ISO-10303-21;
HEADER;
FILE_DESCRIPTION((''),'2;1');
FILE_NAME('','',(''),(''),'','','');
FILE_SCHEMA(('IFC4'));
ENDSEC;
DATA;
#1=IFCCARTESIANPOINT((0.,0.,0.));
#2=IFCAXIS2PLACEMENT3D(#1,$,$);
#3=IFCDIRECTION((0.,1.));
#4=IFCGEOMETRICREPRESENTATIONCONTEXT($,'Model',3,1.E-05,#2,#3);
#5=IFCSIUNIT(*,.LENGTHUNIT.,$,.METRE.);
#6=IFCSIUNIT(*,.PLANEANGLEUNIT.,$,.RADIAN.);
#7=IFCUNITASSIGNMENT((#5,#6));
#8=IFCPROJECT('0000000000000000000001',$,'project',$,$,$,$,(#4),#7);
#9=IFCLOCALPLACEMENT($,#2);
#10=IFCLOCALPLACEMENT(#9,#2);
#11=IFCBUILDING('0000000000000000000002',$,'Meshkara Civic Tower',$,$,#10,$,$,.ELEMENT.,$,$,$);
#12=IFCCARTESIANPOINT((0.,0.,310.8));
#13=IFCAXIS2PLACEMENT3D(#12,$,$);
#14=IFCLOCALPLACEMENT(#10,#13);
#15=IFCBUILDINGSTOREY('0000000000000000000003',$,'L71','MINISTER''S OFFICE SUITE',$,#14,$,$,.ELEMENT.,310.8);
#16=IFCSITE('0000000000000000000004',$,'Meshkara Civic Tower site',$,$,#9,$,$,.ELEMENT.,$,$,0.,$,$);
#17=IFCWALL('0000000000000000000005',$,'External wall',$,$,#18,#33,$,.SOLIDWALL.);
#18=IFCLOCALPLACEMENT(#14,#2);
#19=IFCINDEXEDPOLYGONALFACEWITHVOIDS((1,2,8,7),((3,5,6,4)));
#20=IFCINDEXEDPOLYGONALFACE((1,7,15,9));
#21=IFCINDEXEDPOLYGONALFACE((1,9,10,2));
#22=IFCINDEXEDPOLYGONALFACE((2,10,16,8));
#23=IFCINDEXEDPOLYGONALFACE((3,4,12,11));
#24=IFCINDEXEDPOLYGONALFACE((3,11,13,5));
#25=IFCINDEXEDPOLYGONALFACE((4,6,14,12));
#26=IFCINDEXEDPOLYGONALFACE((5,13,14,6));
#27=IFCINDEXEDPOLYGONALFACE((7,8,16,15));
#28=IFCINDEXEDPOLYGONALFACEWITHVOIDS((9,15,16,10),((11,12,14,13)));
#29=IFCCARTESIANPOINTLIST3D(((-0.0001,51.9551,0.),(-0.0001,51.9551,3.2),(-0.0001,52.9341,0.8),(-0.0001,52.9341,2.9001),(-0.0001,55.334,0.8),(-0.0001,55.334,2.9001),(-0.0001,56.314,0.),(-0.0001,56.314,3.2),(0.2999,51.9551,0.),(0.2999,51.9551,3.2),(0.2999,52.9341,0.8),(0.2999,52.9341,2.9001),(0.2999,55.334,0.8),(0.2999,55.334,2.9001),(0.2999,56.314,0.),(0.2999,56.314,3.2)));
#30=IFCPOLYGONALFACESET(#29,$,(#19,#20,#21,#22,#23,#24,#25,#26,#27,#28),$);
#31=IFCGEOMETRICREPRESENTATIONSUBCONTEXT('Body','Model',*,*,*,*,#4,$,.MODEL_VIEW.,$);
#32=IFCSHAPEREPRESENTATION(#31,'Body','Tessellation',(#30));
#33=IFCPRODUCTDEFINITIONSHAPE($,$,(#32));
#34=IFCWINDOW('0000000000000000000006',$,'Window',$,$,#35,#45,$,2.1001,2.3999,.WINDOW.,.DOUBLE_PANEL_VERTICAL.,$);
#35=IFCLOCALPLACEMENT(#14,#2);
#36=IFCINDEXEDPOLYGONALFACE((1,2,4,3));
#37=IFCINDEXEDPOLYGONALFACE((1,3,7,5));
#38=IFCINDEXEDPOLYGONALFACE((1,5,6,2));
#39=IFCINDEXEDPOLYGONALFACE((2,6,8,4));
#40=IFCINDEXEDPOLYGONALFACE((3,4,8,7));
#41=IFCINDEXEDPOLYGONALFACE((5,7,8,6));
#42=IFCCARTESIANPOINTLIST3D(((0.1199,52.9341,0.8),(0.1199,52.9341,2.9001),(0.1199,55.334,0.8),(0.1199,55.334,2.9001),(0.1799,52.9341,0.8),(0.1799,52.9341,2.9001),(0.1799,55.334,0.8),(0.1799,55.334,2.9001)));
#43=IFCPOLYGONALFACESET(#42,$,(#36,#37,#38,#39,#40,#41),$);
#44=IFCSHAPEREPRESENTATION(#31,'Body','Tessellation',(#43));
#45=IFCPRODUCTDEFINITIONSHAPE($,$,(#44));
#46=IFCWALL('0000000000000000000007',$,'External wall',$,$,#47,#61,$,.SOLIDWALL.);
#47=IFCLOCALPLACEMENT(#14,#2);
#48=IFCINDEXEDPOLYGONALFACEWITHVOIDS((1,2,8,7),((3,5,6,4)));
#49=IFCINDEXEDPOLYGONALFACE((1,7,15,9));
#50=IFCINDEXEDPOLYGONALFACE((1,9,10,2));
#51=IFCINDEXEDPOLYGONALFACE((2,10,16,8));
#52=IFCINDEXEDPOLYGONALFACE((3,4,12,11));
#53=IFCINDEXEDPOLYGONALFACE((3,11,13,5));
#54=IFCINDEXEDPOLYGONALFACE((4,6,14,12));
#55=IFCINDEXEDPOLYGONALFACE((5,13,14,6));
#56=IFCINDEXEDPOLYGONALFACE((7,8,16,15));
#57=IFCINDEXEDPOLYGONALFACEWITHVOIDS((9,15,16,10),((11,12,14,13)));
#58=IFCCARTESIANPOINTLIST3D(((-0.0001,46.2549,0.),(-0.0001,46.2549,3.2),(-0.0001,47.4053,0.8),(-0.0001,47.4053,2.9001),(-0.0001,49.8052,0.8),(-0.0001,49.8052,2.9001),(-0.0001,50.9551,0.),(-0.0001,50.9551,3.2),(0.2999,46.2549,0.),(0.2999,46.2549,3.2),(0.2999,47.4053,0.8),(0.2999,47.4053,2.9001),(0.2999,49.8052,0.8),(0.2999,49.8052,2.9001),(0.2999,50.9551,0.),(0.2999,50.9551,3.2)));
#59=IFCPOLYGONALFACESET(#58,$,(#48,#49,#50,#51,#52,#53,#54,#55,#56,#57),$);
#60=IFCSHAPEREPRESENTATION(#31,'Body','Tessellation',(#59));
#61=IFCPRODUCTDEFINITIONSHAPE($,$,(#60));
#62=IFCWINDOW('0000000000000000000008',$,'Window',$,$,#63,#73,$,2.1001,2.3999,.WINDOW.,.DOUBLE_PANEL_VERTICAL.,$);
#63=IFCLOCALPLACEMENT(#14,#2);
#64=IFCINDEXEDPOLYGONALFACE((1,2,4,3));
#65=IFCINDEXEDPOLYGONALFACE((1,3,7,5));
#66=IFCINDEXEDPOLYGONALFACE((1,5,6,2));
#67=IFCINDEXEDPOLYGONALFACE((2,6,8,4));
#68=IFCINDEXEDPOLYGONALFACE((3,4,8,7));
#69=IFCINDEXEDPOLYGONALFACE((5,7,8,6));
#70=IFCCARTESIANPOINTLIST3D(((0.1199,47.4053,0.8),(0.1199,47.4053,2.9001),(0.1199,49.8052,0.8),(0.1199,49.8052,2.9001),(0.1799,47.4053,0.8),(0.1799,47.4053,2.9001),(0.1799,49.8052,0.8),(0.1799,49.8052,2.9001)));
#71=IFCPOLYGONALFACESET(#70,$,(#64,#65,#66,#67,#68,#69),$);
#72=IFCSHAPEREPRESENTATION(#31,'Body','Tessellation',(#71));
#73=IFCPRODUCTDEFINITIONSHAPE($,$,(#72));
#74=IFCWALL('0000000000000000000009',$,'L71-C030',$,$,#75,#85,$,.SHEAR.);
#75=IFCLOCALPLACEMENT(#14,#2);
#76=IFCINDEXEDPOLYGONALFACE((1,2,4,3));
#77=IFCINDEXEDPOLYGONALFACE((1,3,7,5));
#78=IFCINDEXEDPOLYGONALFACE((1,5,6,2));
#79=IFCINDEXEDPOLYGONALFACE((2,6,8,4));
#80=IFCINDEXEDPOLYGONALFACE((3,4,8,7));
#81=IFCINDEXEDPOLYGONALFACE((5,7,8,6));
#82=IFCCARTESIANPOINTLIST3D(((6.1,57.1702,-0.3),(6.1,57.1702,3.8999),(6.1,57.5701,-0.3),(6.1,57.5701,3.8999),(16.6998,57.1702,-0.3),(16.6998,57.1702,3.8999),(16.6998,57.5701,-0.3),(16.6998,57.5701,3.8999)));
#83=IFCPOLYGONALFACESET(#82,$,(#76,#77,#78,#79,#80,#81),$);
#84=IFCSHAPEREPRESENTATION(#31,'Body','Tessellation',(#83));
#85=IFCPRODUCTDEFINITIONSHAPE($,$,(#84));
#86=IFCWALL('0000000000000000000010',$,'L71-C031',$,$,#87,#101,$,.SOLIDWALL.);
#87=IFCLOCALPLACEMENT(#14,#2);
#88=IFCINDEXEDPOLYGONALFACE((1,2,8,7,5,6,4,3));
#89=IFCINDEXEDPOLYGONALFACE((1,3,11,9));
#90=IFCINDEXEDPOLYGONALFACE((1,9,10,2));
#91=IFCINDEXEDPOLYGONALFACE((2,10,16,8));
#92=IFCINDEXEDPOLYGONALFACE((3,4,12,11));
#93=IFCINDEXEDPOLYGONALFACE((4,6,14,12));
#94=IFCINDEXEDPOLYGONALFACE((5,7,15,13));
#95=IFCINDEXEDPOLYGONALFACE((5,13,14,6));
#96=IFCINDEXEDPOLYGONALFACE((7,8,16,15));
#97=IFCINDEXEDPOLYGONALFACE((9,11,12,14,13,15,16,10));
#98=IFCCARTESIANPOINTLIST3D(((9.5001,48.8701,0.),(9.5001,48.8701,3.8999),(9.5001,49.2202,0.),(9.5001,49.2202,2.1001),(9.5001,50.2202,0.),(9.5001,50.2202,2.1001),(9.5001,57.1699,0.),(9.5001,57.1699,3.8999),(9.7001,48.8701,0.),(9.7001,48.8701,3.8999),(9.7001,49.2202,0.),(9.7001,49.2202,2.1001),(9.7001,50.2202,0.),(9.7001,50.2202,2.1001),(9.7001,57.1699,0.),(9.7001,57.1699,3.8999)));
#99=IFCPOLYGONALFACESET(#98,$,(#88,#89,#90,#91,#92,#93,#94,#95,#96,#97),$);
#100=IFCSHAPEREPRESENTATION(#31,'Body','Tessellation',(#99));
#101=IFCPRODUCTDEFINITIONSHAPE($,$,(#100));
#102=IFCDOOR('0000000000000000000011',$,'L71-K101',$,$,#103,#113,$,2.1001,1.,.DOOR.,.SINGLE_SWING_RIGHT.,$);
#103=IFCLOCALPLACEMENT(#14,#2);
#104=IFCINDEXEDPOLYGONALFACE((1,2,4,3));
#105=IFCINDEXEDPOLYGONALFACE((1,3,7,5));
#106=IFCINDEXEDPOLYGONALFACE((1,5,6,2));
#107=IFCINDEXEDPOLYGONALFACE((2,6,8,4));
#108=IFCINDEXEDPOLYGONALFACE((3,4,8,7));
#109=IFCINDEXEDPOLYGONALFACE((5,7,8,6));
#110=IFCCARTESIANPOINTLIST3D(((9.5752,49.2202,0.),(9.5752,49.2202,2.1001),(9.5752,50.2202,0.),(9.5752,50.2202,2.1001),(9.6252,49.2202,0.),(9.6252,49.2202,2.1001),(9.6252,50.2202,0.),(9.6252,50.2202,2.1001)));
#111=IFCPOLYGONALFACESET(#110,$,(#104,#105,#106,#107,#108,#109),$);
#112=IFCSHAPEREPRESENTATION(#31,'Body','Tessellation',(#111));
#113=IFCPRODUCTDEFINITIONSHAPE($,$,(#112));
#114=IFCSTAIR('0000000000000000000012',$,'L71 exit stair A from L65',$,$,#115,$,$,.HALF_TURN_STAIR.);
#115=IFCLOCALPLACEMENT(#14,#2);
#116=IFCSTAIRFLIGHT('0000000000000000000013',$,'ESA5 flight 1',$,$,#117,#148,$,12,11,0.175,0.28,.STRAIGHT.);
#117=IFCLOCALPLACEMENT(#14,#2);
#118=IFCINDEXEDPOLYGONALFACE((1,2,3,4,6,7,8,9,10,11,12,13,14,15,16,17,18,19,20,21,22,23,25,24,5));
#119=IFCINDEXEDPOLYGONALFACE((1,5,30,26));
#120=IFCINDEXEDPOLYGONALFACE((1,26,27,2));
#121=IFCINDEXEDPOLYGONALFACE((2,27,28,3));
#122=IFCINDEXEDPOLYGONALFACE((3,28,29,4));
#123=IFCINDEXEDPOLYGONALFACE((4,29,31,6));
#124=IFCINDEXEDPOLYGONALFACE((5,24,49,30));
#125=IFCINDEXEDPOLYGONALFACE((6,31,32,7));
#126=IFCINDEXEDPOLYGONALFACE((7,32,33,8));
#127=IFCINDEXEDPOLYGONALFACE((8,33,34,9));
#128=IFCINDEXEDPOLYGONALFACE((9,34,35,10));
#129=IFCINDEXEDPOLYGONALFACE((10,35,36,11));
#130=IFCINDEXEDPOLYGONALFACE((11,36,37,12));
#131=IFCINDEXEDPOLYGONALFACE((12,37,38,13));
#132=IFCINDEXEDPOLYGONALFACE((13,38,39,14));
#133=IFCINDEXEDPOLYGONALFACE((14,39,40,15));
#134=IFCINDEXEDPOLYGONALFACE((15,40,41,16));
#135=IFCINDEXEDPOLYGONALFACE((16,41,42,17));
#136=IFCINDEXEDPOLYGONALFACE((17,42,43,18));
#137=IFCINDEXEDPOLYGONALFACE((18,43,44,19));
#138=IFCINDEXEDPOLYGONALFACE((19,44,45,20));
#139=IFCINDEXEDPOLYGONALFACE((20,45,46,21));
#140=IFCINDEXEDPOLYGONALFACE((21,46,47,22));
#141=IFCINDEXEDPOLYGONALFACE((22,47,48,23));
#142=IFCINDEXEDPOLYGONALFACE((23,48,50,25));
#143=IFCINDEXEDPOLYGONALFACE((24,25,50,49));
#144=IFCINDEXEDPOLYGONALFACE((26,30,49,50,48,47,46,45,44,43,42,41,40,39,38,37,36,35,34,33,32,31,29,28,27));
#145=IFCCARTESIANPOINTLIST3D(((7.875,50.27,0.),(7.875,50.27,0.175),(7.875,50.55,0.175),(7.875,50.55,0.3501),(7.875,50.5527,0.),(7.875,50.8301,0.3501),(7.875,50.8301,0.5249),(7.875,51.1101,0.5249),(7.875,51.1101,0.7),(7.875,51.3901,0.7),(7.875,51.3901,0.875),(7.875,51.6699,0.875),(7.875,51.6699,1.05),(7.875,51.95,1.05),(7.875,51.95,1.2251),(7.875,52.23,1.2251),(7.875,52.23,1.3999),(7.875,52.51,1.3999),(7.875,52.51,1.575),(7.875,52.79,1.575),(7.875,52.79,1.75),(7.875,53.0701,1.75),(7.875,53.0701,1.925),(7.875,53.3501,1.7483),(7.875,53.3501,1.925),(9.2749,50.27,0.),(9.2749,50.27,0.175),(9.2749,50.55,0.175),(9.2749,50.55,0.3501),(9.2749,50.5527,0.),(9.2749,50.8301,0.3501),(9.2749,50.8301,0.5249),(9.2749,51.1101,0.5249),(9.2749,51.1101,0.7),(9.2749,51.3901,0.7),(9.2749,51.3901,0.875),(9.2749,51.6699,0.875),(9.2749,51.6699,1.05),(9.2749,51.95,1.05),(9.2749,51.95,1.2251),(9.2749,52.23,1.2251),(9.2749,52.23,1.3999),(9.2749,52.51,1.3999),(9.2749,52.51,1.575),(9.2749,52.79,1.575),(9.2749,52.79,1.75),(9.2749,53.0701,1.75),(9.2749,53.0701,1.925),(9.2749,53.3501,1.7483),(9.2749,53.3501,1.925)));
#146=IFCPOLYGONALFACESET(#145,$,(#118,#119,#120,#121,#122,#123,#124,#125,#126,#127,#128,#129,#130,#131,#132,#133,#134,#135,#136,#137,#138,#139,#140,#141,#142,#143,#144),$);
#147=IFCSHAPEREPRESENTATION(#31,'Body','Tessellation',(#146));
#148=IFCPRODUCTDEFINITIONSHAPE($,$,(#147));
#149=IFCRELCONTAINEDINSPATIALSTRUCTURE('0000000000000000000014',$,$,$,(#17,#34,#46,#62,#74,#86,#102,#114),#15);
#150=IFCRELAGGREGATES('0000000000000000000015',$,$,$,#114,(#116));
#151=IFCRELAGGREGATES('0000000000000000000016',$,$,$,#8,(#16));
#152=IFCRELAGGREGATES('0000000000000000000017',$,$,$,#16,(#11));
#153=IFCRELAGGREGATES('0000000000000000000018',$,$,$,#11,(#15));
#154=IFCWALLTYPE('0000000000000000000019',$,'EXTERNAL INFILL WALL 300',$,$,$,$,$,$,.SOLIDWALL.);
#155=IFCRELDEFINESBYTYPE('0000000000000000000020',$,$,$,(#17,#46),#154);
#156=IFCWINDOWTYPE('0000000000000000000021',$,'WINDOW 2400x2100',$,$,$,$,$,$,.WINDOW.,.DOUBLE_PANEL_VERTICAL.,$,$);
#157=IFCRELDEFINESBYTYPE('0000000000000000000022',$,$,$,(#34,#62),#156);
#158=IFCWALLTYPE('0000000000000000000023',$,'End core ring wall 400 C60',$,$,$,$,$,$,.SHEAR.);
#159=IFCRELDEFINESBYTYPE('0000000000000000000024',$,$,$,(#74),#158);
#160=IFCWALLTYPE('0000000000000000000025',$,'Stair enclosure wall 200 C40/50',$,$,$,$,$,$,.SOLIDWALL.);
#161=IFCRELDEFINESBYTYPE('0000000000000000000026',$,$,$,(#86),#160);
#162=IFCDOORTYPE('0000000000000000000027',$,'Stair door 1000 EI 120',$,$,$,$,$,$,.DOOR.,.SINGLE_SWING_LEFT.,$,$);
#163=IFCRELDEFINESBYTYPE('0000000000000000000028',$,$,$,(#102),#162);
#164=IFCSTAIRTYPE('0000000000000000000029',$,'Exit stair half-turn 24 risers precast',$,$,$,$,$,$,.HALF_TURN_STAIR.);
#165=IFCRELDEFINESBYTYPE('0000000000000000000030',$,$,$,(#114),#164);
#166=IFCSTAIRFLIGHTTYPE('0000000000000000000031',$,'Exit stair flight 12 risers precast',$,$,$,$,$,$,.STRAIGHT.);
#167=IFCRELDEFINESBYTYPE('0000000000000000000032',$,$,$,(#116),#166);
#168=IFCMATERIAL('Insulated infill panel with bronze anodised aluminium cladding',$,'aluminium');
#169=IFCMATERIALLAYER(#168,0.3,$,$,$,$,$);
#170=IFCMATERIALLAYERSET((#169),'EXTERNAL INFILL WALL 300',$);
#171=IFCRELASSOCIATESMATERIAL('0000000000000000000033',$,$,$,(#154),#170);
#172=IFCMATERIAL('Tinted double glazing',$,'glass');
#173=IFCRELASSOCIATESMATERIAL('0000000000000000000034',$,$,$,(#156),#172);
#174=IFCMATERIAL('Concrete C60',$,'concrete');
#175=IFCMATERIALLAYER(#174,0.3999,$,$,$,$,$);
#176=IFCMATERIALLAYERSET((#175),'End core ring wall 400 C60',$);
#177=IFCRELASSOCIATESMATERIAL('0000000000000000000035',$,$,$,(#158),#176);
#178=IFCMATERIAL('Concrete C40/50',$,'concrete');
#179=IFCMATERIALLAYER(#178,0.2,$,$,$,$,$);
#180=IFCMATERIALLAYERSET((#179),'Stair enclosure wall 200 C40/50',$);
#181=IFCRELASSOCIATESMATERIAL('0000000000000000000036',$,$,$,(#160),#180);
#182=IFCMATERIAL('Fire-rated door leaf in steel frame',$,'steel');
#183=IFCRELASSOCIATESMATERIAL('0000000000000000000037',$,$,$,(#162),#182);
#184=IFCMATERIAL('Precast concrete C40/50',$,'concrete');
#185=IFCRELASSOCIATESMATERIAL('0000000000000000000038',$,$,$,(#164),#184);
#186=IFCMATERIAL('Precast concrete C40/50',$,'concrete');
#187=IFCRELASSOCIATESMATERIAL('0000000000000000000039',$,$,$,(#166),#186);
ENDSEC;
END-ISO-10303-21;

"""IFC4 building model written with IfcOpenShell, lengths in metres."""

from ifc_helpers import new_model, si_unit, direction, frame, frame_2d, origin, place, context, subcontext, project, spatial, polyline, rectangle, outline, extrude, material, layer, layer_set, type_object, element, fill, aggregate, save


model = new_model("IFC4")

# Units and contexts
model_context = context("Model", 3, precision=1e-05, world=origin(), true_north=direction((0.0, 1.0)))
body_context = subcontext(model_context, "Body", "Model", "MODEL_VIEW")
ifc_project = project(units=[si_unit("LENGTHUNIT", "METRE"), si_unit("PLANEANGLEUNIT", "RADIAN")], contexts=[model_context])

# Site, building, storey
site_placement = place(None, origin())
site = spatial("IfcSite", under=ifc_project, at=site_placement, Name="Meshkara Civic Tower site", CompositionType="ELEMENT", RefElevation=0.0)
building_placement = place(site_placement, origin())
building = spatial("IfcBuilding", under=site, at=building_placement, Name="Meshkara Civic Tower", CompositionType="ELEMENT")
storey_placement = place(building_placement, frame((0.0, 0.0, 310.8)))
storey = spatial("IfcBuildingStorey", under=building, at=storey_placement, Name="L71", Description="MINISTER'S OFFICE SUITE", CompositionType="ELEMENT", Elevation=310.8)

# Walls, openings, windows
ifc_material_1 = material(Name="Insulated infill panel with bronze anodised aluminium cladding", Category="aluminium")
ifc_layer_1 = layer(ifc_material_1, 0.3)
ifc_layer_set_1 = layer_set([ifc_layer_1], Name="EXTERNAL INFILL WALL 300")
wall_type_1 = type_object("IfcWallType", Name="EXTERNAL INFILL WALL 300", PredefinedType="SOLIDWALL", material=ifc_layer_set_1)
ifc_material_2 = material(Name="Tinted double glazing", Category="glass")
window_type = type_object("IfcWindowType", Name="WINDOW 2400x2100", PartitioningType="DOUBLE_PANEL_VERTICAL", PredefinedType="WINDOW", material=ifc_material_2)
wall_1_placement = place(storey_placement, frame((0.1499, 56.314, 0.0), z_axis=(0.0, 0.0, 1.0), x_axis=(0.0, -1.0, 0.0)))
wall_1 = element("IfcWall", 1, at=wall_1_placement, inside=storey, type_object=wall_type_1, Name="External wall", PredefinedType="SOLIDWALL", context=body_context, shape_type="SweptSolid", body=[
    extrude(rectangle(XDim=4.3589, YDim=0.3, at=frame_2d((2.1794, 0.0))), origin(), (0.0, 0.0, 1.0), 3.2),
])
opening_1_placement = place(wall_1_placement, frame((0.98, 0.0, 0.8)))
opening_1 = element("IfcOpeningElement", 2, at=opening_1_placement, cuts=wall_1, PredefinedType="OPENING", context=body_context, shape_type="SweptSolid", body=[
    extrude(rectangle(XDim=2.3999, YDim=2.1001, at=frame_2d((1.2, 1.05))), frame((0.0, 0.1599, 0.0), z_axis=(0.0, -1.0, 0.0), x_axis=(1.0, 0.0, 0.0)), (0.0, 0.0, 1.0), 0.3201),
])
window_1_placement = place(opening_1_placement, origin())
window_1 = element("IfcWindow", 3, at=window_1_placement, inside=storey, type_object=window_type, Name="Window", OverallHeight=2.1001, OverallWidth=2.3999, PartitioningType="DOUBLE_PANEL_VERTICAL", PredefinedType="WINDOW", context=body_context, shape_type="SweptSolid", body=[
    extrude(rectangle(XDim=2.3999, YDim=2.1001, at=frame_2d((1.2, 1.05))), frame((0.0, 0.03, 0.0), z_axis=(0.0, -1.0, 0.0), x_axis=(1.0, 0.0, 0.0)), (0.0, 0.0, 1.0), 0.0601),
])
fill(opening_1, window_1)
wall_2_placement = place(storey_placement, frame((0.1499, 50.9551, 0.0), z_axis=(0.0, 0.0, 1.0), x_axis=(0.0, -1.0, 0.0)))
wall_2 = element("IfcWall", 4, at=wall_2_placement, inside=storey, type_object=wall_type_1, Name="External wall", PredefinedType="SOLIDWALL", context=body_context, shape_type="SweptSolid", body=[
    extrude(rectangle(XDim=4.7002, YDim=0.3, at=frame_2d((2.3501, 0.0))), origin(), (0.0, 0.0, 1.0), 3.2),
])
opening_2_placement = place(wall_2_placement, frame((1.1499, 0.0, 0.8)))
opening_2 = element("IfcOpeningElement", 5, at=opening_2_placement, cuts=wall_2, PredefinedType="OPENING", context=body_context, shape_type="SweptSolid", body=[
    extrude(rectangle(XDim=2.3999, YDim=2.1001, at=frame_2d((1.2, 1.05))), frame((0.0, 0.1599, 0.0), z_axis=(0.0, -1.0, 0.0), x_axis=(1.0, 0.0, 0.0)), (0.0, 0.0, 1.0), 0.3201),
])
window_2_placement = place(opening_2_placement, origin())
window_2 = element("IfcWindow", 6, at=window_2_placement, inside=storey, type_object=window_type, Name="Window", OverallHeight=2.1001, OverallWidth=2.3999, PartitioningType="DOUBLE_PANEL_VERTICAL", PredefinedType="WINDOW", context=body_context, shape_type="SweptSolid", body=[
    extrude(rectangle(XDim=2.3999, YDim=2.1001, at=frame_2d((1.2, 1.05))), frame((0.0, 0.03, 0.0), z_axis=(0.0, -1.0, 0.0), x_axis=(1.0, 0.0, 0.0)), (0.0, 0.0, 1.0), 0.0601),
])
fill(opening_2, window_2)

# Wall
ifc_material_3 = material(Name="Concrete C60", Category="concrete")
ifc_layer_2 = layer(ifc_material_3, 0.3999)
ifc_layer_set_2 = layer_set([ifc_layer_2], Name="End core ring wall 400 C60")
wall_type_2 = type_object("IfcWallType", Name="End core ring wall 400 C60", PredefinedType="SHEAR", material=ifc_layer_set_2)
wall_3_placement = place(storey_placement, frame((6.1001, 57.3701, -0.3), z_axis=(0.0, 0.0, 1.0), x_axis=(1.0, 0.0, 0.0)))
element("IfcWall", 7, at=wall_3_placement, inside=storey, type_object=wall_type_2, Name="L71-C030", PredefinedType="SHEAR", context=body_context, shape_type="SweptSolid", body=[
    extrude(rectangle(XDim=10.5999, YDim=0.3999, at=frame_2d((5.2998, 0.0))), origin(), (0.0, 0.0, 1.0), 4.2),
])

# Wall, opening, door
ifc_material_4 = material(Name="Concrete C40/50", Category="concrete")
ifc_layer_3 = layer(ifc_material_4, 0.2)
ifc_layer_set_3 = layer_set([ifc_layer_3], Name="Stair enclosure wall 200 C40/50")
wall_type_3 = type_object("IfcWallType", Name="Stair enclosure wall 200 C40/50", PredefinedType="SOLIDWALL", material=ifc_layer_set_3)
wall_4_placement = place(storey_placement, frame((9.6001, 48.8701, 0.0), z_axis=(0.0, 0.0, 1.0), x_axis=(0.0, 1.0, 0.0)))
wall_4 = element("IfcWall", 8, at=wall_4_placement, inside=storey, type_object=wall_type_3, Name="L71-C031", PredefinedType="SOLIDWALL", context=body_context, shape_type="SweptSolid", body=[
    extrude(rectangle(XDim=8.2998, YDim=0.2, at=frame_2d((4.1499, 0.0))), origin(), (0.0, 0.0, 1.0), 3.8999),
])
opening_3_placement = place(wall_4_placement, frame((0.3501, 0.0, 0.0)))
opening_3 = element("IfcOpeningElement", 9, at=opening_3_placement, cuts=wall_4, PredefinedType="OPENING", context=body_context, shape_type="SweptSolid", body=[
    extrude(rectangle(XDim=1.0, YDim=2.1001, at=frame_2d((0.5, 1.05))), frame((0.0, 0.1099, 0.0), z_axis=(0.0, -1.0, 0.0), x_axis=(1.0, 0.0, 0.0)), (0.0, 0.0, 1.0), 0.22),
])
ifc_material_5 = material(Name="Fire-rated door leaf in steel frame", Category="steel")
door_type = type_object("IfcDoorType", Name="Stair door 1000 EI 120", OperationType="SINGLE_SWING_LEFT", PredefinedType="DOOR", material=ifc_material_5)
door_placement = place(opening_3_placement, origin())
door = element("IfcDoor", 10, at=door_placement, inside=storey, type_object=door_type, Name="L71-K101", OperationType="SINGLE_SWING_RIGHT", OverallHeight=2.1001, OverallWidth=1.0, PredefinedType="DOOR", context=body_context, shape_type="SweptSolid", body=[
    extrude(rectangle(XDim=1.0, YDim=2.1001, at=frame_2d((0.5, 1.05))), frame((0.0, 0.0249, 0.0), z_axis=(0.0, -1.0, 0.0), x_axis=(1.0, 0.0, 0.0)), (0.0, 0.0, 1.0), 0.05),
])
fill(opening_3, door)

# Stair, stair flight
ifc_material_6 = material(Name="Precast concrete C40/50", Category="concrete")
stair_type = type_object("IfcStairType", Name="Exit stair half-turn 24 risers precast", PredefinedType="HALF_TURN_STAIR", material=ifc_material_6)
stair_placement = place(storey_placement, origin())
stair = element("IfcStair", 11, at=stair_placement, inside=storey, type_object=stair_type, Name="L71 exit stair A from L65", PredefinedType="HALF_TURN_STAIR")
ifc_material_7 = material(Name="Precast concrete C40/50", Category="concrete")
stair_flight_type = type_object("IfcStairFlightType", Name="Exit stair flight 12 risers precast", PredefinedType="STRAIGHT", material=ifc_material_7)
stair_flight_1_placement = place(storey_placement, frame((8.575, 50.27, 0.0), z_axis=(0.0, 0.0, 1.0), x_axis=(0.0, 1.0, 0.0)))
stair_flight_1 = element("IfcStairFlight", 12, at=stair_flight_1_placement, type_object=stair_flight_type, Name="ESA5 flight 1", NumberOfRisers=12, NumberOfTreads=11, PredefinedType="STRAIGHT", RiserHeight=0.175, TreadLength=0.28, context=body_context, shape_type="SweptSolid", body=[
    extrude(outline(polyline([(0.0, 0.0), (0.0, 0.175), (0.28, 0.175), (0.28, 0.3501), (0.5601, 0.3501), (0.5601, 0.5249), (0.8401, 0.5249), (0.8401, 0.7), (1.1201, 0.7), (1.1201, 0.875), (1.3999, 0.875), (1.3999, 1.05), (1.6799, 1.05), (1.6799, 1.2251), (1.96, 1.2251), (1.96, 1.3999), (2.24, 1.3999), (2.24, 1.575), (2.52, 1.575), (2.52, 1.75), (2.8, 1.75), (2.8, 1.925), (3.0801, 1.925), (3.0801, 2.1001), (3.0801, 1.7483), (0.2827, 0.0), (0.0, 0.0)])), frame((0.0, 0.7, 0.0), z_axis=(0.0, -1.0, 0.0), x_axis=(1.0, 0.0, 0.0)), (0.0, 0.0, 1.0), 1.3999),
])
aggregate(stair, [stair_flight_1])

save(model, "model.ifc")
